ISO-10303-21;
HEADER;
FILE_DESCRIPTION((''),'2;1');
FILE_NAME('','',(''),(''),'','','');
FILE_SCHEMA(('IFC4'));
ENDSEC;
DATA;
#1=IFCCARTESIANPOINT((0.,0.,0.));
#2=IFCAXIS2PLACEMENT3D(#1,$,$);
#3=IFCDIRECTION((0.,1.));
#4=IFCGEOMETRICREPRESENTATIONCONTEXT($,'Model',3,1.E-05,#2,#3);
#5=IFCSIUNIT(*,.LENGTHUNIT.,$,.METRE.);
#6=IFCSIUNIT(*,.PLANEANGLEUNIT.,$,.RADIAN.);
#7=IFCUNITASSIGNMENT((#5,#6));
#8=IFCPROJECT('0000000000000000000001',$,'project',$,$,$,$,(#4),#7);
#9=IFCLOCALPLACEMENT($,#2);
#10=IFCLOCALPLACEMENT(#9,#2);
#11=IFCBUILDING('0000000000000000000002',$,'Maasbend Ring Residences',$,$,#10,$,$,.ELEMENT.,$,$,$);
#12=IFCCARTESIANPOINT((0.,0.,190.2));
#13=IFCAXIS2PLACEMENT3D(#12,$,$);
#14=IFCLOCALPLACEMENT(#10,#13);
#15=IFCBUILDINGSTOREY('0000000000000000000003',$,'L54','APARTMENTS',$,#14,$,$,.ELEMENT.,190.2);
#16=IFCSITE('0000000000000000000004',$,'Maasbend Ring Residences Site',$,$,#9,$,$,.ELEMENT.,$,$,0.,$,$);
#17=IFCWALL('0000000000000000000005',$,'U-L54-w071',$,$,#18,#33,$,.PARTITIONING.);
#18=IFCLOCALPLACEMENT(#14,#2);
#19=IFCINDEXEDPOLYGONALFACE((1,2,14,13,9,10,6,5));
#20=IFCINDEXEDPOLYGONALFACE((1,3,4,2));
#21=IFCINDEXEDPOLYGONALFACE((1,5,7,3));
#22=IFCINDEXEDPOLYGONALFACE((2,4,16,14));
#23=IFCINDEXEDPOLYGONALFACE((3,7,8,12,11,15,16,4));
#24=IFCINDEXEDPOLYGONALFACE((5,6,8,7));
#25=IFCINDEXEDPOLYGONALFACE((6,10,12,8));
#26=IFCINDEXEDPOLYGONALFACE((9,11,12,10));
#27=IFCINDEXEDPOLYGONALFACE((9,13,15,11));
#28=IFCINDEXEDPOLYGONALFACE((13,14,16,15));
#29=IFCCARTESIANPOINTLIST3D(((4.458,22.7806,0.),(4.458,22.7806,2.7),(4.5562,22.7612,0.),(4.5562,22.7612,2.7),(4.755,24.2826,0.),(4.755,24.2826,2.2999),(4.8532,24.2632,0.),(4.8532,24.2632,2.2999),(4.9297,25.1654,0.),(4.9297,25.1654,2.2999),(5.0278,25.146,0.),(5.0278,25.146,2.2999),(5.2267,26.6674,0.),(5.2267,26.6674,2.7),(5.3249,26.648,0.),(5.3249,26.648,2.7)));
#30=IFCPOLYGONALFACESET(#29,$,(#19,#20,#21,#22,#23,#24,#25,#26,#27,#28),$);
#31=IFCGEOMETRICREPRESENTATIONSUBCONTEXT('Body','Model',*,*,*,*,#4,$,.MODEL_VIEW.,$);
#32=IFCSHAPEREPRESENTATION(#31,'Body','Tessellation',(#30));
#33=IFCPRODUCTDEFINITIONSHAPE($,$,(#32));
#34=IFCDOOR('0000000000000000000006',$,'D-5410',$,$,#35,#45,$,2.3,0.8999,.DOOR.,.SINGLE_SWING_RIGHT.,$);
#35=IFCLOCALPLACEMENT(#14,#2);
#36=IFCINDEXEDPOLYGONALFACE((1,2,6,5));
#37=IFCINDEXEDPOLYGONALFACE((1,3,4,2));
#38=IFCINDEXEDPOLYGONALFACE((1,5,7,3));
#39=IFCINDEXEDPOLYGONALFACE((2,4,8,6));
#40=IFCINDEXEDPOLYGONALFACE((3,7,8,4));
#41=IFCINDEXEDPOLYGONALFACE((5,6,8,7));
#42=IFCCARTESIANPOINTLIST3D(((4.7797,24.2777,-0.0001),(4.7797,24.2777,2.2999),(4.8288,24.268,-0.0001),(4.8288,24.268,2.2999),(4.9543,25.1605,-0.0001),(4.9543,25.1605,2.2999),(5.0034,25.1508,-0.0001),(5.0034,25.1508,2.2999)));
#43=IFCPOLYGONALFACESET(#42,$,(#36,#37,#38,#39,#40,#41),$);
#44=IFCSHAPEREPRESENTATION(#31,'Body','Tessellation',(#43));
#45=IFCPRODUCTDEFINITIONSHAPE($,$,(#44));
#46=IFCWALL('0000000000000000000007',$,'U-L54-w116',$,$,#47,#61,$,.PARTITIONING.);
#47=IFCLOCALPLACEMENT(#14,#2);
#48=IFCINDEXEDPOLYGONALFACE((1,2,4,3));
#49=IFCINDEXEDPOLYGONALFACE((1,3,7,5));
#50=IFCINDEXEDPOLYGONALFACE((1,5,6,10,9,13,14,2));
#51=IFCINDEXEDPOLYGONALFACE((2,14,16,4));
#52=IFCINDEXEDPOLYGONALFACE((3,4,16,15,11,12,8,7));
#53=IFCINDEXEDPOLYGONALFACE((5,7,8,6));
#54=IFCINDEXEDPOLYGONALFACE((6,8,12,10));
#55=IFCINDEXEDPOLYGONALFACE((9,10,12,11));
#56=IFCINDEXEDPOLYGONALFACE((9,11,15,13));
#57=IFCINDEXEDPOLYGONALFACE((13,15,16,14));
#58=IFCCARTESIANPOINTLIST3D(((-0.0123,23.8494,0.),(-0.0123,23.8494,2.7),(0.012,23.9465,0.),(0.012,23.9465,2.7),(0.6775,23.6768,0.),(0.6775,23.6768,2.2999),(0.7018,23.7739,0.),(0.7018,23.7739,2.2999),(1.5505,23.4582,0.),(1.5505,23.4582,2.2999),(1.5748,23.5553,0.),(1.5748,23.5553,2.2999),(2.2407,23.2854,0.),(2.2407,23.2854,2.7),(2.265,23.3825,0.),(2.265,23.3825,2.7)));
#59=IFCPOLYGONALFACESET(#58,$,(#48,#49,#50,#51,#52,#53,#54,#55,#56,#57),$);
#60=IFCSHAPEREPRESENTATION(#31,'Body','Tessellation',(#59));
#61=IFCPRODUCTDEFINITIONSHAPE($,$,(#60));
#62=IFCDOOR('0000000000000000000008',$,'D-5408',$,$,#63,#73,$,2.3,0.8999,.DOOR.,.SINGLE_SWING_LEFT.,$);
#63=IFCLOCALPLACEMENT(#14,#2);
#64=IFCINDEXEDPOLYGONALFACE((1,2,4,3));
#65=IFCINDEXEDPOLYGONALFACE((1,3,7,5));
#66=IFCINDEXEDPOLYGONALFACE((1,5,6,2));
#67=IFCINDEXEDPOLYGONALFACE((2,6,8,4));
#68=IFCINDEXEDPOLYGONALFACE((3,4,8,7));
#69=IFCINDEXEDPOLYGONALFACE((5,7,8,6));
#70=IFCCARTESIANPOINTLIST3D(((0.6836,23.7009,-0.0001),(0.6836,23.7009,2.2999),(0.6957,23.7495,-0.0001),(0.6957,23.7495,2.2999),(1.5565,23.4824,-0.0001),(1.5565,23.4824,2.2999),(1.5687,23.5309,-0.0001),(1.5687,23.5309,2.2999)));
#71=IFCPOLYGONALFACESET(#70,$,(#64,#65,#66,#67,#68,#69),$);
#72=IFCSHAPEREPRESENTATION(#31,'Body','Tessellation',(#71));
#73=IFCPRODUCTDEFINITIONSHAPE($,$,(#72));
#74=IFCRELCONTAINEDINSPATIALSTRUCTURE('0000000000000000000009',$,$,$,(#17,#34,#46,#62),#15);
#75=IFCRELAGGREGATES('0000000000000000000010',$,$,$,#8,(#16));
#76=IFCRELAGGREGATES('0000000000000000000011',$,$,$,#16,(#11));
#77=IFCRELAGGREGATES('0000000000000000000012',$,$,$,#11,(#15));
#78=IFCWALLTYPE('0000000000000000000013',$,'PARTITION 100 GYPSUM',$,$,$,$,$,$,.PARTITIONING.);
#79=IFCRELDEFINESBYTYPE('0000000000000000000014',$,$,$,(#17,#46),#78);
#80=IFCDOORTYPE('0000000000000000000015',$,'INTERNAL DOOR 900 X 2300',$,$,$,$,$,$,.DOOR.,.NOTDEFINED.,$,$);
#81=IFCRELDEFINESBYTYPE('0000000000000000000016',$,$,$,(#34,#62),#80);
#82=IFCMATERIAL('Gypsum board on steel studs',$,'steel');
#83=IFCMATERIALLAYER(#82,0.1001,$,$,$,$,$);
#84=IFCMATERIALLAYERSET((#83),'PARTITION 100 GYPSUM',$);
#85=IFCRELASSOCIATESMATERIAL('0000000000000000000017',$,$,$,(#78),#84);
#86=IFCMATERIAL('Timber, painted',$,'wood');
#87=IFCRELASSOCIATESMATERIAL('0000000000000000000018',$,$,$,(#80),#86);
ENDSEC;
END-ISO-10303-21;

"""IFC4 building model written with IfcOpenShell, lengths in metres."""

from ifc_helpers import new_model, si_unit, direction, frame, frame_2d, origin, place, context, subcontext, project, spatial, rectangle, extrude, material, layer, layer_set, type_object, element, fill, save


model = new_model("IFC4")

# Units and contexts
model_context = context("Model", 3, precision=1e-05, world=origin(), true_north=direction((0.0, 1.0)))
body_context = subcontext(model_context, "Body", "Model", "MODEL_VIEW")
ifc_project = project(units=[si_unit("LENGTHUNIT", "METRE"), si_unit("PLANEANGLEUNIT", "RADIAN")], contexts=[model_context])

# Site, building, storey
site_placement = place(None, origin())
site = spatial("IfcSite", under=ifc_project, at=site_placement, Name="Maasbend Ring Residences Site", CompositionType="ELEMENT", RefElevation=0.0)
building_placement = place(site_placement, origin())
building = spatial("IfcBuilding", under=site, at=building_placement, Name="Maasbend Ring Residences", CompositionType="ELEMENT")
storey_placement = place(building_placement, frame((0.0, 0.0, 190.2)))
storey = spatial("IfcBuildingStorey", under=building, at=storey_placement, Name="L54", Description="APARTMENTS", CompositionType="ELEMENT", Elevation=190.2)

# Walls, openings, doors
ifc_material_1 = material(Name="Gypsum board on steel studs", Category="steel")
ifc_layer_1 = layer(ifc_material_1, 0.1001)
ifc_layer_set_1 = layer_set([ifc_layer_1], Name="PARTITION 100 GYPSUM")
wall_type_1 = type_object("IfcWallType", Name="PARTITION 100 GYPSUM", PredefinedType="PARTITIONING", material=ifc_layer_set_1)
wall_1_placement = place(storey_placement, frame((4.5071, 22.771, 0.0), z_axis=(0.0, 0.0, 1.0), x_axis=(0.19403, 0.980996, 0.0)))
wall_1 = element("IfcWall", 1, at=wall_1_placement, inside=storey, type_object=wall_type_1, Name="U-L54-w071", PredefinedType="PARTITIONING", context=body_context, shape_type="SweptSolid", body=[
    extrude(rectangle(XDim=3.9622, YDim=0.1001, at=frame_2d((1.981, 0.0))), origin(), (0.0, 0.0, 1.0), 2.7),
])
opening_1_placement = place(wall_1_placement, frame((1.531, 0.0, 0.0)))
opening_1 = element("IfcOpeningElement", 2, at=opening_1_placement, cuts=wall_1, PredefinedType="OPENING", context=body_context, shape_type="SweptSolid", body=[
    extrude(rectangle(XDim=0.8999, YDim=2.3, at=frame_2d((0.45, 1.1499))), frame((0.0, 0.0601, 0.0), z_axis=(0.0, -1.0, 0.0), x_axis=(1.0, 0.0, 0.0)), (0.0, 0.0, 1.0), 0.1201),
])
ifc_material_2 = material(Name="Timber, painted", Category="wood")
door_type_1 = type_object("IfcDoorType", Name="INTERNAL DOOR 900 X 2300", OperationType="NOTDEFINED", PredefinedType="DOOR", material=ifc_material_2)
door_1_placement = place(opening_1_placement, origin())
door_1 = element("IfcDoor", 3, at=door_1_placement, inside=storey, type_object=door_type_1, Name="D-5410", OperationType="SINGLE_SWING_RIGHT", OverallHeight=2.3, OverallWidth=0.8999, PredefinedType="DOOR", context=body_context, shape_type="SweptSolid", body=[
    extrude(rectangle(XDim=0.8999, YDim=2.3, at=frame_2d((0.45, 1.1499))), frame((0.0, 0.0249, 0.0), z_axis=(0.0, -1.0, 0.0), x_axis=(1.0, 0.0, 0.0)), (0.0, 0.0, 1.0), 0.05),
])
fill(opening_1, door_1)
wall_2_placement = place(storey_placement, frame((0.0, 23.8979, 0.0), z_axis=(0.0, 0.0, 1.0), x_axis=(0.970068, -0.242832, 0.0)))
wall_2 = element("IfcWall", 4, at=wall_2_placement, inside=storey, type_object=wall_type_1, Name="U-L54-w116", PredefinedType="PARTITIONING", context=body_context, shape_type="SweptSolid", body=[
    extrude(rectangle(XDim=2.3225, YDim=0.1001, at=frame_2d((1.1611, 0.0))), origin(), (0.0, 0.0, 1.0), 2.7),
])
opening_2_placement = place(wall_2_placement, frame((0.7109, 0.0, 0.0)))
opening_2 = element("IfcOpeningElement", 5, at=opening_2_placement, cuts=wall_2, PredefinedType="OPENING", context=body_context, shape_type="SweptSolid", body=[
    extrude(rectangle(XDim=0.8999, YDim=2.3, at=frame_2d((0.45, 1.1499))), frame((0.0, 0.0601, 0.0), z_axis=(0.0, -1.0, 0.0), x_axis=(1.0, 0.0, 0.0)), (0.0, 0.0, 1.0), 0.1201),
])
door_2_placement = place(opening_2_placement, origin())
door_2 = element("IfcDoor", 6, at=door_2_placement, inside=storey, type_object=door_type_1, Name="D-5408", OperationType="SINGLE_SWING_LEFT", OverallHeight=2.3, OverallWidth=0.8999, PredefinedType="DOOR", context=body_context, shape_type="SweptSolid", body=[
    extrude(rectangle(XDim=0.8999, YDim=2.3, at=frame_2d((0.45, 1.1499))), frame((0.0, 0.0249, 0.0), z_axis=(0.0, -1.0, 0.0), x_axis=(1.0, 0.0, 0.0)), (0.0, 0.0, 1.0), 0.05),
])
fill(opening_2, door_2)

save(model, "model.ifc")
